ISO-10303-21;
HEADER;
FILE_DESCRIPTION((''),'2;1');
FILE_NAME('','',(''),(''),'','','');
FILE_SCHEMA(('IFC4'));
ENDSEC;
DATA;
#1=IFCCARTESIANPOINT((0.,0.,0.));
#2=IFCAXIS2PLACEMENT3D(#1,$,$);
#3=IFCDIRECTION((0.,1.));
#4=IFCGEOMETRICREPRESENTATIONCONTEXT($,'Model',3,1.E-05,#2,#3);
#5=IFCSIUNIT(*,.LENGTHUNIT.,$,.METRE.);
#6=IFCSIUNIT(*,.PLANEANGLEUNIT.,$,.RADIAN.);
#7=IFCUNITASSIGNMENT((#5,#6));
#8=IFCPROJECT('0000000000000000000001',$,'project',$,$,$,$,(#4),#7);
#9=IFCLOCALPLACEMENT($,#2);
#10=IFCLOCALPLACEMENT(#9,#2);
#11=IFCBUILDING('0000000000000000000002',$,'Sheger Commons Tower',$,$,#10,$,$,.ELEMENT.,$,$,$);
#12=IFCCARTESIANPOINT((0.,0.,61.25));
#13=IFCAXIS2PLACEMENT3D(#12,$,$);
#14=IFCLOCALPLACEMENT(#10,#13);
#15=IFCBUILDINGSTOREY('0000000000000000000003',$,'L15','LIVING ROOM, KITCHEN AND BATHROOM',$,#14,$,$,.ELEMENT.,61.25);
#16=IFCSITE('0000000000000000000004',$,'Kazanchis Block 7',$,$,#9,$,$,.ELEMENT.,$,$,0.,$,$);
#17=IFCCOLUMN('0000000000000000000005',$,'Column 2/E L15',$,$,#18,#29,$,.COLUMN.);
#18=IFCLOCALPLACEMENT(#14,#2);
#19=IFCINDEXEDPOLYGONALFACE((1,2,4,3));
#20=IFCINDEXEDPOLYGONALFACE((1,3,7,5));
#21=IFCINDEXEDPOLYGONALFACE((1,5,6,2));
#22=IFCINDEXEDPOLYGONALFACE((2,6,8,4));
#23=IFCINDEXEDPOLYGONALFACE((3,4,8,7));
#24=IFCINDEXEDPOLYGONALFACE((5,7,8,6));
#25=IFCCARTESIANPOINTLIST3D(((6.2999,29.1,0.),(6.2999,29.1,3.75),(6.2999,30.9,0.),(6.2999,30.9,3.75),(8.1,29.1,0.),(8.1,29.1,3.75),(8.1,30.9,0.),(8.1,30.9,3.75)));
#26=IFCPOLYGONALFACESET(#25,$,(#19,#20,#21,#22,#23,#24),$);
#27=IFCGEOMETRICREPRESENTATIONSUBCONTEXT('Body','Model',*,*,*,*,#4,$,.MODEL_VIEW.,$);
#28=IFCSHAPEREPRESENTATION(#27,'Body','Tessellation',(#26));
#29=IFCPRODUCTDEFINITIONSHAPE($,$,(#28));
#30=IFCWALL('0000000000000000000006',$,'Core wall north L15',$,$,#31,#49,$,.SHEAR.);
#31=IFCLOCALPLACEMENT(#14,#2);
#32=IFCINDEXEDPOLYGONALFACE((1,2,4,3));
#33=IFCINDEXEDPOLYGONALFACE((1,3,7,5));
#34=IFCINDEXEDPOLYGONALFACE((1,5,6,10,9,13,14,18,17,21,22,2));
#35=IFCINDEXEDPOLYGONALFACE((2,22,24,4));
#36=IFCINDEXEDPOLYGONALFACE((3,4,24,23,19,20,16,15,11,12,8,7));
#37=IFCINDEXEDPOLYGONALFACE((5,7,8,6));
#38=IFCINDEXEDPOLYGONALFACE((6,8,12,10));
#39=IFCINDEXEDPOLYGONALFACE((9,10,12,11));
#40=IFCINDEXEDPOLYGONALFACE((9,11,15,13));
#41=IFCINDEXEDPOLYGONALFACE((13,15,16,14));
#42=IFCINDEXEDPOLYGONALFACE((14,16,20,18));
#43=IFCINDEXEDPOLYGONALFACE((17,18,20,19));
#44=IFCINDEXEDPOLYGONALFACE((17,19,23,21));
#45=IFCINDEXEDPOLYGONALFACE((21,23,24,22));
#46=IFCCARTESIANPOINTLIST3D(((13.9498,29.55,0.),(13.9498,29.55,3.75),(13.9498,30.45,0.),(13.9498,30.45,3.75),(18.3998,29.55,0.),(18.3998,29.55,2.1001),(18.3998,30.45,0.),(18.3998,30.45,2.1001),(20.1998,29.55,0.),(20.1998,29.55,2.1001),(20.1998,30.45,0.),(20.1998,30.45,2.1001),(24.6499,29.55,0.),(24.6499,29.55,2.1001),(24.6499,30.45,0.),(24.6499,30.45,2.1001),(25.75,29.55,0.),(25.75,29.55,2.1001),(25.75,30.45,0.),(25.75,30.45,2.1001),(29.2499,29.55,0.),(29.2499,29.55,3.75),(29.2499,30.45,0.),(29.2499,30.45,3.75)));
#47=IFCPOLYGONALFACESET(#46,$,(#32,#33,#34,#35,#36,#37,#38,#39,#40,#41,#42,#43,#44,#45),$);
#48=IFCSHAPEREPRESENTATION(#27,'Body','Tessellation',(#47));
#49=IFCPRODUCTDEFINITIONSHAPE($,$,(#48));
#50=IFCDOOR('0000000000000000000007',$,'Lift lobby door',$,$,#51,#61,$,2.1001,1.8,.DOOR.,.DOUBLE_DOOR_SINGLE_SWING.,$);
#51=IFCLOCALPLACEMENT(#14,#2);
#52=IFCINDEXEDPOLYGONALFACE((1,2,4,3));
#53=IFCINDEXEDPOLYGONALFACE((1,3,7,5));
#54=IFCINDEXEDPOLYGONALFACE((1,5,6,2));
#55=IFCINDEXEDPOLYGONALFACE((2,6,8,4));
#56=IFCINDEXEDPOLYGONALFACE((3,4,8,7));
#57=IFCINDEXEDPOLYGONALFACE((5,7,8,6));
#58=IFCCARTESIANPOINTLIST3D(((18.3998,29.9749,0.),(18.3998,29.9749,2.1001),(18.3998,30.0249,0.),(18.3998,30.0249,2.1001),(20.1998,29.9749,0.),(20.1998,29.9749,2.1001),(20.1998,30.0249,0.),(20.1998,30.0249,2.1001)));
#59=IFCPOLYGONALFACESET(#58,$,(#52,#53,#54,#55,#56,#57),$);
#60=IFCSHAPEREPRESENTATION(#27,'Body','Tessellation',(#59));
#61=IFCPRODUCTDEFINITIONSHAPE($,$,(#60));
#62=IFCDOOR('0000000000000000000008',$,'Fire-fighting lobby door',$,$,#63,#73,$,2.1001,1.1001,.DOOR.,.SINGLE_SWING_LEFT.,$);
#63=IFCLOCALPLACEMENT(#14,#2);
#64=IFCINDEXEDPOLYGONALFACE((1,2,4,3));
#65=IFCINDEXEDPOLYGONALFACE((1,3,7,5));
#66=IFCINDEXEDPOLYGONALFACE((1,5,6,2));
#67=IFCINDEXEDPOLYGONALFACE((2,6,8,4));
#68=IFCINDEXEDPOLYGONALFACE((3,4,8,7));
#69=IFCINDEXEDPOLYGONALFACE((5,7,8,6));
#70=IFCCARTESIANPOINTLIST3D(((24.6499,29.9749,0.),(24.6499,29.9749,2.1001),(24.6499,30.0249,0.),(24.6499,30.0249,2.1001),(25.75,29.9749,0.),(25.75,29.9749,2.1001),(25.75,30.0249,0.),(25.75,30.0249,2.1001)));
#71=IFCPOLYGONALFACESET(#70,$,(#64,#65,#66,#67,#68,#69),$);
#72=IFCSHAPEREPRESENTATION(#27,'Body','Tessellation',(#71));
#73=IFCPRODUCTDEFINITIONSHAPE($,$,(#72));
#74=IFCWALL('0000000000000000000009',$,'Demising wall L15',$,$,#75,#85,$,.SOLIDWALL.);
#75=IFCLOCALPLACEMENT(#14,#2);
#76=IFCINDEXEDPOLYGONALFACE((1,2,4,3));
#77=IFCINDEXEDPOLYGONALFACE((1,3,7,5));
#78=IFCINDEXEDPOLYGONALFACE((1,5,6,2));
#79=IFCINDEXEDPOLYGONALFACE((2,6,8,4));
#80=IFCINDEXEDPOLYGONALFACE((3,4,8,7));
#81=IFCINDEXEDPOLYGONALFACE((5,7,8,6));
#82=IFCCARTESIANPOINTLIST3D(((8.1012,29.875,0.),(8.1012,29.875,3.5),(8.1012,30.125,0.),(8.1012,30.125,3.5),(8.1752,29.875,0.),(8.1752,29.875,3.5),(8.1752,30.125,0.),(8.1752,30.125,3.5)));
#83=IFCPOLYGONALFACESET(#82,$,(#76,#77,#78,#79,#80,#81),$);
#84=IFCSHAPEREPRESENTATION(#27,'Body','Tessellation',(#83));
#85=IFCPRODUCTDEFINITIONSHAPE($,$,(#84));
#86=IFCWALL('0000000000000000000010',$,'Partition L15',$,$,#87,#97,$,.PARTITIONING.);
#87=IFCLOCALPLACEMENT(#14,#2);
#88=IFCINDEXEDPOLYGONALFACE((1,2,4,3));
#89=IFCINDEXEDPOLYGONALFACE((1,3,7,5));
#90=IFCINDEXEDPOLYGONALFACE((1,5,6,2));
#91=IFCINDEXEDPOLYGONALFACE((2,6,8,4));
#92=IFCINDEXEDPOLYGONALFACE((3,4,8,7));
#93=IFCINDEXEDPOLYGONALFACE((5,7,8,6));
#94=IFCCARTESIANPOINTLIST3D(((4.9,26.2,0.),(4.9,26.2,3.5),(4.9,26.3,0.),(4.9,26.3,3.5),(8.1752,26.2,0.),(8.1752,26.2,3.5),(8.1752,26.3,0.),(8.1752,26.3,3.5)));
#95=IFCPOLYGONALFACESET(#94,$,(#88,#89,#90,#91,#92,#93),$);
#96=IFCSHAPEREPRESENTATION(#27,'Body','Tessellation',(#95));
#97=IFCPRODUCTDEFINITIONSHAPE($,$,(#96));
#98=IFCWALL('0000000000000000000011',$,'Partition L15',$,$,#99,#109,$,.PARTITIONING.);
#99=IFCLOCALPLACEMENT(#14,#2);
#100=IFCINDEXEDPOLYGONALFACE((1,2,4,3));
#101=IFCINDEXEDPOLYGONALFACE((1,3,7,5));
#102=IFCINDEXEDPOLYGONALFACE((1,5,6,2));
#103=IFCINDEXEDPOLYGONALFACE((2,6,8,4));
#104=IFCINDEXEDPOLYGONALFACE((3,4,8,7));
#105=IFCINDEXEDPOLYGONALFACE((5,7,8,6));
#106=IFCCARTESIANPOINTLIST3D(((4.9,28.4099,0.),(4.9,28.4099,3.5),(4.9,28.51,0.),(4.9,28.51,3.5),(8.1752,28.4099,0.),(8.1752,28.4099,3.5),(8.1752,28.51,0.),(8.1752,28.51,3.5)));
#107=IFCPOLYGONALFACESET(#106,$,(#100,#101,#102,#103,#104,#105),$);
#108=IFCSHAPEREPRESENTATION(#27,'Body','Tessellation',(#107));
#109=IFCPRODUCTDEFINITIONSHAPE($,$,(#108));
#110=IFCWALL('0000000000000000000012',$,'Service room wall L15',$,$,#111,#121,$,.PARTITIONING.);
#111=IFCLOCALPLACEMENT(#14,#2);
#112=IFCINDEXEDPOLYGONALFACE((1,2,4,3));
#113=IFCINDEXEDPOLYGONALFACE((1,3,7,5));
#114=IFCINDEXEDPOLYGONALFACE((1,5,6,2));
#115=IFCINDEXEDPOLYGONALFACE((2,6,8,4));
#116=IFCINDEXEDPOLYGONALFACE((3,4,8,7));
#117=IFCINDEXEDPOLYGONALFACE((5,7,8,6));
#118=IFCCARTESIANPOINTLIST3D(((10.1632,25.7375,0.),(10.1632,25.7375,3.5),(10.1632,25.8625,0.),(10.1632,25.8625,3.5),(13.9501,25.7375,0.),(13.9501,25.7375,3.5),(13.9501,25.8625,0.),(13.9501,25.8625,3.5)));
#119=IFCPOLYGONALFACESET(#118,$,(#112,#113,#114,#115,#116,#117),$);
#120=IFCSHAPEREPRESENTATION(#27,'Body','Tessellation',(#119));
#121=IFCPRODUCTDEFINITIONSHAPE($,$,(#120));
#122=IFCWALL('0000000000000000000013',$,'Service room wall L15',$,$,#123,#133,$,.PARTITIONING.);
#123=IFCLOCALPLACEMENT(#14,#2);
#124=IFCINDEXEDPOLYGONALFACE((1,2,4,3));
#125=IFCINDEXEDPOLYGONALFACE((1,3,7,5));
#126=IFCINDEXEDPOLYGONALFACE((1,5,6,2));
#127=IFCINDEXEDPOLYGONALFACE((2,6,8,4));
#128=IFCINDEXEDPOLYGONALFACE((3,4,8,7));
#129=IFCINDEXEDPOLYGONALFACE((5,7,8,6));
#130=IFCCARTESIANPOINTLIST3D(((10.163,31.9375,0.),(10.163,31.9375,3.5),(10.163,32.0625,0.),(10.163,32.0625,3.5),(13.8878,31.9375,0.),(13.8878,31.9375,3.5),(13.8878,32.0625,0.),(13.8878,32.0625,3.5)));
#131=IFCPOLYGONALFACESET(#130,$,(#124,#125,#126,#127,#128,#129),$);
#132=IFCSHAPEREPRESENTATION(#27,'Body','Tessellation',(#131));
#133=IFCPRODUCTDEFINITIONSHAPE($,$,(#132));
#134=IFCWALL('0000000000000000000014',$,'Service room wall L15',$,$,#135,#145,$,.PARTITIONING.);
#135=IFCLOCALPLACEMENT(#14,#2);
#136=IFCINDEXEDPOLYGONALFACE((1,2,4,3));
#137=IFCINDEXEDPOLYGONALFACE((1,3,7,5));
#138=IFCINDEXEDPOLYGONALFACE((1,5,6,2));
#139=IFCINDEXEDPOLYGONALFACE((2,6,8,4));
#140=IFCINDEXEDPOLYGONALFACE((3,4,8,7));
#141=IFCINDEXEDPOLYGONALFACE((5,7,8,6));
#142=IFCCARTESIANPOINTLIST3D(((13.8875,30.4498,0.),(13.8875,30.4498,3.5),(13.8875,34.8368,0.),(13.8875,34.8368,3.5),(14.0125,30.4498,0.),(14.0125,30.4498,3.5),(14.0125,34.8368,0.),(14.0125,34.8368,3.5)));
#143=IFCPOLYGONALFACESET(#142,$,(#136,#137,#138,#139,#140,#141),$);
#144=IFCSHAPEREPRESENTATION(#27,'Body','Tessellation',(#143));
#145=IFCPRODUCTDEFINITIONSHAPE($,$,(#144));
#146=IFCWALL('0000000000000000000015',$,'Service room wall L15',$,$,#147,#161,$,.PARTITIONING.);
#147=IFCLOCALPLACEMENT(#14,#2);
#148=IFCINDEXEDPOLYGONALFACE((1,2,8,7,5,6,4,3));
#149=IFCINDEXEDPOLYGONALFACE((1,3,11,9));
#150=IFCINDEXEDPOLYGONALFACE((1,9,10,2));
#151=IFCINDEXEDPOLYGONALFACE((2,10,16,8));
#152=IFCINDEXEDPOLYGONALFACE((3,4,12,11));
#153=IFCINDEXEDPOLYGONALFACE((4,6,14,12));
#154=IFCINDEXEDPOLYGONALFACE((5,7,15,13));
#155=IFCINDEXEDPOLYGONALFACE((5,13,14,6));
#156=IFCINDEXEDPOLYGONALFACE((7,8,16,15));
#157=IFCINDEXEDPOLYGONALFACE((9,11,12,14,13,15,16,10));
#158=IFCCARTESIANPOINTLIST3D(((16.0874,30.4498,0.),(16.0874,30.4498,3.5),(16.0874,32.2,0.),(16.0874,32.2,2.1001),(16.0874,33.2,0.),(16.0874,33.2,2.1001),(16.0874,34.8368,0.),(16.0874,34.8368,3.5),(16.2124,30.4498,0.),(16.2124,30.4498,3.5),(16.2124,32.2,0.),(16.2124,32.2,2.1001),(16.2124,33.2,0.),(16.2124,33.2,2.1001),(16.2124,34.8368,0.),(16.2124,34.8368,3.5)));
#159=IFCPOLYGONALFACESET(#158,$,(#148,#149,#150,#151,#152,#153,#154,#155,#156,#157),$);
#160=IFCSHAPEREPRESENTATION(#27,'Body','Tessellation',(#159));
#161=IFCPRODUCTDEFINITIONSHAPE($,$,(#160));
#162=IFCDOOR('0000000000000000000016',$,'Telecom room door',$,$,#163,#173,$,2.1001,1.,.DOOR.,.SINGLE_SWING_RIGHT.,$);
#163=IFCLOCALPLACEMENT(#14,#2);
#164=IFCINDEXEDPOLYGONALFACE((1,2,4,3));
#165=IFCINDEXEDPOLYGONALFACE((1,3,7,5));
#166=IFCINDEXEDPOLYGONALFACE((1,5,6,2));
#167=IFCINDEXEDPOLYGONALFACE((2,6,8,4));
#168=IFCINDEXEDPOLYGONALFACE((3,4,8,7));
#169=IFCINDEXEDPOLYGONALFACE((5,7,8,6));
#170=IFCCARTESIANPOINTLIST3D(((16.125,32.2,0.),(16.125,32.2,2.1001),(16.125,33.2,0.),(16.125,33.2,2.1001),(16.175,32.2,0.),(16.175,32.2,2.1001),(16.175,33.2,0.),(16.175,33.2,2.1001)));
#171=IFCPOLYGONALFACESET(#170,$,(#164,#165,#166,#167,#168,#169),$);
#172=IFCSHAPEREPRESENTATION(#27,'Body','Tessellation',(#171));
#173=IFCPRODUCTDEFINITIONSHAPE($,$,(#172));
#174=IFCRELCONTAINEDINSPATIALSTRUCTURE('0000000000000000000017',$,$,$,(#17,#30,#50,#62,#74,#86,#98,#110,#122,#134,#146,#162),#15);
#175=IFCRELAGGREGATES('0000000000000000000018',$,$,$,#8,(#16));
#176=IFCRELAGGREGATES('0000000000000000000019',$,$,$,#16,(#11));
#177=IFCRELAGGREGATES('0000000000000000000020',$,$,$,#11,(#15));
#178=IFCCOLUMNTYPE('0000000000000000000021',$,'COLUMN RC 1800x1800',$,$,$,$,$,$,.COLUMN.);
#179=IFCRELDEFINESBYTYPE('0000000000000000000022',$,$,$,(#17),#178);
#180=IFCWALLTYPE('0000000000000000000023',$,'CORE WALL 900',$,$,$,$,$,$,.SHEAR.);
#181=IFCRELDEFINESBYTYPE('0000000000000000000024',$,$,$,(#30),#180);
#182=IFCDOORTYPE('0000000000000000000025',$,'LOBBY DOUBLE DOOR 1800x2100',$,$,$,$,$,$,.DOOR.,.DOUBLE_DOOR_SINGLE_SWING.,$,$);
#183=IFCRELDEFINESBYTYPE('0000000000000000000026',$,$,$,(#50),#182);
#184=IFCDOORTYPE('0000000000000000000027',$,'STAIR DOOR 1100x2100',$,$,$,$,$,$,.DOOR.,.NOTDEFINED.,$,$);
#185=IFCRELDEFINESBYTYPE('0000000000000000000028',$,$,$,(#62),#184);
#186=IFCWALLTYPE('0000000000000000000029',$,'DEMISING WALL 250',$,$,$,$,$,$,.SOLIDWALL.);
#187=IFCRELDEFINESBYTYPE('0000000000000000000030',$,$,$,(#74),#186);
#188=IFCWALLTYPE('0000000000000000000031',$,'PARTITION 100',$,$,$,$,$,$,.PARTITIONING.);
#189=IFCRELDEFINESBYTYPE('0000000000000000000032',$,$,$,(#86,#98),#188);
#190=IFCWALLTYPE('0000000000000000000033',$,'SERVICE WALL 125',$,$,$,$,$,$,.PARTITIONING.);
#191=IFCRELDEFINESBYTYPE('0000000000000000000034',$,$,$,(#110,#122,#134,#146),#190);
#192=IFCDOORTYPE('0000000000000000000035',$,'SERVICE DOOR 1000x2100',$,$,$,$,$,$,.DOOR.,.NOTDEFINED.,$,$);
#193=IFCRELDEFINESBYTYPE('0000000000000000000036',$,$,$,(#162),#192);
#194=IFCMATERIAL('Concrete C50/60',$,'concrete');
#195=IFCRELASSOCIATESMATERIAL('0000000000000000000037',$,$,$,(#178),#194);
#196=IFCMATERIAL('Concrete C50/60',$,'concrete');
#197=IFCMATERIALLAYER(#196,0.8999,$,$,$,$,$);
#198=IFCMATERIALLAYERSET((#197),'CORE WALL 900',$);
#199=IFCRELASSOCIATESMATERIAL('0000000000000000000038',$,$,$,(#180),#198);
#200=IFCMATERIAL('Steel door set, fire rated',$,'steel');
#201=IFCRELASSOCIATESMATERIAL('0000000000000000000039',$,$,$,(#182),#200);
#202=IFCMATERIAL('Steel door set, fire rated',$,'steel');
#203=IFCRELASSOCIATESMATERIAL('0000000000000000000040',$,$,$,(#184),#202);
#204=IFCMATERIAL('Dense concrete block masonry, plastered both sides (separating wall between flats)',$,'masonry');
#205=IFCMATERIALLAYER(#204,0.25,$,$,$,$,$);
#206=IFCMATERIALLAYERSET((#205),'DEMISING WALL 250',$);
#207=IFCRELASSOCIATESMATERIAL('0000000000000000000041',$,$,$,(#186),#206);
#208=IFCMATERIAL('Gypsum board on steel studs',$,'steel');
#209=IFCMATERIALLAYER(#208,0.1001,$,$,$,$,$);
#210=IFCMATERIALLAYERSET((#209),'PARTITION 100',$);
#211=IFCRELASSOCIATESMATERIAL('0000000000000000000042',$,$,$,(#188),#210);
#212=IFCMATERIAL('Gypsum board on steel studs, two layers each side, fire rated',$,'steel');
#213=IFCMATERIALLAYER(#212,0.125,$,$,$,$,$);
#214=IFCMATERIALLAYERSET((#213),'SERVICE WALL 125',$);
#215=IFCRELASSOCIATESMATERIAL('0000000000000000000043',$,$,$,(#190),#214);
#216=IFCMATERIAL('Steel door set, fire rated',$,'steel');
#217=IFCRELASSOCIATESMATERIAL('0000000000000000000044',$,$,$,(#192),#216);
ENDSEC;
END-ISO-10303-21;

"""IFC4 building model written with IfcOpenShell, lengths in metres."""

from ifc_helpers import new_model, si_unit, direction, frame, frame_2d, origin, origin_2d, place, context, subcontext, project, spatial, rectangle, extrude, material, layer, layer_set, material_profile, profile_set, type_object, element, fill, save


model = new_model("IFC4")

# Units and contexts
model_context = context("Model", 3, precision=1e-05, world=origin(), true_north=direction((0.0, 1.0)))
body_context = subcontext(model_context, "Body", "Model", "MODEL_VIEW")
ifc_project = project(units=[si_unit("LENGTHUNIT", "METRE"), si_unit("PLANEANGLEUNIT", "RADIAN")], contexts=[model_context])

# Site, building, storey
site_placement = place(None, origin())
site = spatial("IfcSite", under=ifc_project, at=site_placement, Name="Kazanchis Block 7", CompositionType="ELEMENT", RefElevation=0.0)
building_placement = place(site_placement, origin())
building = spatial("IfcBuilding", under=site, at=building_placement, Name="Sheger Commons Tower", CompositionType="ELEMENT")
storey_placement = place(building_placement, frame((0.0, 0.0, 61.25)))
storey = spatial("IfcBuildingStorey", under=building, at=storey_placement, Name="L15", Description="LIVING ROOM, KITCHEN AND BATHROOM", CompositionType="ELEMENT", Elevation=61.25)

# Column
ifc_material_1 = material(Name="Concrete C50/60", Category="concrete")
ifc_material_profile = material_profile(ifc_material_1, rectangle(XDim=1.8, YDim=1.8, at=origin_2d()), Name="RC 1800x1800")
ifc_profile_set = profile_set([ifc_material_profile], Name="Concrete C50/60")
column_type = type_object("IfcColumnType", Name="COLUMN RC 1800x1800", PredefinedType="COLUMN", material=ifc_profile_set)
column_placement = place(storey_placement, frame((7.2, 30.0, 0.0), z_axis=(0.0, 0.0, 1.0), x_axis=(1.0, 0.0, 0.0)))
element("IfcColumn", 1, at=column_placement, inside=storey, type_object=column_type, Name="Column 2/E L15", PredefinedType="COLUMN", context=body_context, shape_type="SweptSolid", body=[
    extrude(rectangle(XDim=1.8, YDim=1.8, at=origin_2d()), origin(), (0.0, 0.0, 1.0), 3.75),
])

# Wall, openings, doors
ifc_material_2 = material(Name="Concrete C50/60", Category="concrete")
ifc_layer_1 = layer(ifc_material_2, 0.8999)
ifc_layer_set_1 = layer_set([ifc_layer_1], Name="CORE WALL 900")
wall_type_1 = type_object("IfcWallType", Name="CORE WALL 900", PredefinedType="SHEAR", material=ifc_layer_set_1)
wall_1_placement = place(storey_placement, frame((13.95, 30.0, 0.0), z_axis=(0.0, 0.0, 1.0), x_axis=(1.0, 0.0, 0.0)))
wall_1 = element("IfcWall", 2, at=wall_1_placement, inside=storey, type_object=wall_type_1, Name="Core wall north L15", PredefinedType="SHEAR", context=body_context, shape_type="SweptSolid", body=[
    extrude(rectangle(XDim=15.3, YDim=0.8999, at=frame_2d((7.6499, 0.0))), origin(), (0.0, 0.0, 1.0), 3.75),
])
opening_1_placement = place(wall_1_placement, frame((4.45, 0.0, 0.0)))
opening_1 = element("IfcOpeningElement", 3, at=opening_1_placement, cuts=wall_1, PredefinedType="OPENING", context=body_context, shape_type="SweptSolid", body=[
    extrude(rectangle(XDim=1.8, YDim=2.1001, at=frame_2d((0.8999, 1.05))), frame((0.0, 0.46, 0.0), z_axis=(0.0, -1.0, 0.0), x_axis=(1.0, 0.0, 0.0)), (0.0, 0.0, 1.0), 0.9199),
])
opening_2_placement = place(wall_1_placement, frame((10.7, 0.0, 0.0)))
opening_2 = element("IfcOpeningElement", 4, at=opening_2_placement, cuts=wall_1, PredefinedType="OPENING", context=body_context, shape_type="SweptSolid", body=[
    extrude(rectangle(XDim=1.1001, YDim=2.1001, at=frame_2d((0.55, 1.05))), frame((0.0, 0.46, 0.0), z_axis=(0.0, -1.0, 0.0), x_axis=(1.0, 0.0, 0.0)), (0.0, 0.0, 1.0), 0.9199),
])
ifc_material_3 = material(Name="Steel door set, fire rated", Category="steel")
door_type_1 = type_object("IfcDoorType", Name="LOBBY DOUBLE DOOR 1800x2100", OperationType="DOUBLE_DOOR_SINGLE_SWING", PredefinedType="DOOR", material=ifc_material_3)
door_1_placement = place(opening_1_placement, origin())
door_1 = element("IfcDoor", 5, at=door_1_placement, inside=storey, type_object=door_type_1, Name="Lift lobby door", OperationType="DOUBLE_DOOR_SINGLE_SWING", OverallHeight=2.1001, OverallWidth=1.8, PredefinedType="DOOR", context=body_context, shape_type="SweptSolid", body=[
    extrude(rectangle(XDim=1.8, YDim=2.1001, at=frame_2d((0.8999, 1.05))), frame((0.0, 0.0249, 0.0), z_axis=(0.0, -1.0, 0.0), x_axis=(1.0, 0.0, 0.0)), (0.0, 0.0, 1.0), 0.05),
])
fill(opening_1, door_1)
ifc_material_4 = material(Name="Steel door set, fire rated", Category="steel")
door_type_2 = type_object("IfcDoorType", Name="STAIR DOOR 1100x2100", OperationType="NOTDEFINED", PredefinedType="DOOR", material=ifc_material_4)
door_2_placement = place(opening_2_placement, origin())
door_2 = element("IfcDoor", 6, at=door_2_placement, inside=storey, type_object=door_type_2, Name="Fire-fighting lobby door", OperationType="SINGLE_SWING_LEFT", OverallHeight=2.1001, OverallWidth=1.1001, PredefinedType="DOOR", context=body_context, shape_type="SweptSolid", body=[
    extrude(rectangle(XDim=1.1001, YDim=2.1001, at=frame_2d((0.55, 1.05))), frame((0.0, 0.0249, 0.0), z_axis=(0.0, -1.0, 0.0), x_axis=(1.0, 0.0, 0.0)), (0.0, 0.0, 1.0), 0.05),
])
fill(opening_2, door_2)

# Walls
ifc_material_5 = material(Name="Dense concrete block masonry, plastered both sides (separating wall between flats)", Category="masonry")
ifc_layer_2 = layer(ifc_material_5, 0.25)
ifc_layer_set_2 = layer_set([ifc_layer_2], Name="DEMISING WALL 250")
wall_type_2 = type_object("IfcWallType", Name="DEMISING WALL 250", PredefinedType="SOLIDWALL", material=ifc_layer_set_2)
wall_2_placement = place(storey_placement, frame((8.1011, 30.0, 0.0), z_axis=(0.0, 0.0, 1.0), x_axis=(1.0, 0.0, 0.0)))
element("IfcWall", 7, at=wall_2_placement, inside=storey, type_object=wall_type_2, Name="Demising wall L15", PredefinedType="SOLIDWALL", context=body_context, shape_type="SweptSolid", body=[
    extrude(rectangle(XDim=0.074, YDim=0.25, at=frame_2d((0.0371, 0.0))), origin(), (0.0, 0.0, 1.0), 3.5),
])
ifc_material_6 = material(Name="Gypsum board on steel studs", Category="steel")
ifc_layer_3 = layer(ifc_material_6, 0.1001)
ifc_layer_set_3 = layer_set([ifc_layer_3], Name="PARTITION 100")
wall_type_3 = type_object("IfcWallType", Name="PARTITION 100", PredefinedType="PARTITIONING", material=ifc_layer_set_3)
for number, where, z_axis, x_axis, name in (
    (8, (4.8999, 26.25, 0.0), (0.0, 0.0, 1.0), (1.0, 0.0, 0.0), "Partition L15"),
    (9, (4.8999, 28.46, 0.0), (0.0, 0.0, 1.0), (1.0, 0.0, 0.0), "Partition L15"),
):
    element("IfcWall", number, at=place(storey_placement, frame(where, z_axis=z_axis, x_axis=x_axis)), inside=storey, type_object=wall_type_3, Name=name, PredefinedType="PARTITIONING", context=body_context, shape_type="SweptSolid", body=[
        extrude(rectangle(XDim=3.2751, YDim=0.1001, at=frame_2d((1.6377, 0.0))), origin(), (0.0, 0.0, 1.0), 3.5),
    ])
ifc_material_7 = material(Name="Gypsum board on steel studs, two layers each side, fire rated", Category="steel")
ifc_layer_4 = layer(ifc_material_7, 0.125)
ifc_layer_set_4 = layer_set([ifc_layer_4], Name="SERVICE WALL 125")
wall_type_4 = type_object("IfcWallType", Name="SERVICE WALL 125", PredefinedType="PARTITIONING", material=ifc_layer_set_4)
wall_3_placement = place(storey_placement, frame((10.1631, 25.8, 0.0), z_axis=(0.0, 0.0, 1.0), x_axis=(1.0, 0.0, 0.0)))
element("IfcWall", 10, at=wall_3_placement, inside=storey, type_object=wall_type_4, Name="Service room wall L15", PredefinedType="PARTITIONING", context=body_context, shape_type="SweptSolid", body=[
    extrude(rectangle(XDim=3.7869, YDim=0.125, at=frame_2d((1.8936, 0.0))), origin(), (0.0, 0.0, 1.0), 3.5),
])
wall_4_placement = place(storey_placement, frame((10.1631, 32.0, 0.0), z_axis=(0.0, 0.0, 1.0), x_axis=(1.0, 0.0, 0.0)))
element("IfcWall", 11, at=wall_4_placement, inside=storey, type_object=wall_type_4, Name="Service room wall L15", PredefinedType="PARTITIONING", context=body_context, shape_type="SweptSolid", body=[
    extrude(rectangle(XDim=3.7249, YDim=0.125, at=frame_2d((1.8623, 0.0))), origin(), (0.0, 0.0, 1.0), 3.5),
])
wall_5_placement = place(storey_placement, frame((13.95, 30.45, 0.0), z_axis=(0.0, 0.0, 1.0), x_axis=(0.0, 1.0, 0.0)))
element("IfcWall", 12, at=wall_5_placement, inside=storey, type_object=wall_type_4, Name="Service room wall L15", PredefinedType="PARTITIONING", context=body_context, shape_type="SweptSolid", body=[
    extrude(rectangle(XDim=4.387, YDim=0.125, at=frame_2d((2.1934, 0.0))), origin(), (0.0, 0.0, 1.0), 3.5),
])

# Wall, opening, door
wall_6_placement = place(storey_placement, frame((16.1499, 30.45, 0.0), z_axis=(0.0, 0.0, 1.0), x_axis=(0.0, 1.0, 0.0)))
wall_6 = element("IfcWall", 13, at=wall_6_placement, inside=storey, type_object=wall_type_4, Name="Service room wall L15", PredefinedType="PARTITIONING", context=body_context, shape_type="SweptSolid", body=[
    extrude(rectangle(XDim=4.387, YDim=0.125, at=frame_2d((2.1934, 0.0))), origin(), (0.0, 0.0, 1.0), 3.5),
])
opening_3_placement = place(wall_6_placement, frame((1.75, 0.0, 0.0)))
opening_3 = element("IfcOpeningElement", 14, at=opening_3_placement, cuts=wall_6, PredefinedType="OPENING", context=body_context, shape_type="SweptSolid", body=[
    extrude(rectangle(XDim=1.0, YDim=2.1001, at=frame_2d((0.5, 1.05))), frame((0.0, 0.0725, 0.0), z_axis=(0.0, -1.0, 0.0), x_axis=(1.0, 0.0, 0.0)), (0.0, 0.0, 1.0), 0.145),
])
ifc_material_8 = material(Name="Steel door set, fire rated", Category="steel")
door_type_3 = type_object("IfcDoorType", Name="SERVICE DOOR 1000x2100", OperationType="NOTDEFINED", PredefinedType="DOOR", material=ifc_material_8)
door_3_placement = place(opening_3_placement, origin())
door_3 = element("IfcDoor", 15, at=door_3_placement, inside=storey, type_object=door_type_3, Name="Telecom room door", OperationType="SINGLE_SWING_RIGHT", OverallHeight=2.1001, OverallWidth=1.0, PredefinedType="DOOR", context=body_context, shape_type="SweptSolid", body=[
    extrude(rectangle(XDim=1.0, YDim=2.1001, at=frame_2d((0.5, 1.05))), frame((0.0, 0.0249, 0.0), z_axis=(0.0, -1.0, 0.0), x_axis=(1.0, 0.0, 0.0)), (0.0, 0.0, 1.0), 0.05),
])
fill(opening_3, door_3)

save(model, "model.ifc")
